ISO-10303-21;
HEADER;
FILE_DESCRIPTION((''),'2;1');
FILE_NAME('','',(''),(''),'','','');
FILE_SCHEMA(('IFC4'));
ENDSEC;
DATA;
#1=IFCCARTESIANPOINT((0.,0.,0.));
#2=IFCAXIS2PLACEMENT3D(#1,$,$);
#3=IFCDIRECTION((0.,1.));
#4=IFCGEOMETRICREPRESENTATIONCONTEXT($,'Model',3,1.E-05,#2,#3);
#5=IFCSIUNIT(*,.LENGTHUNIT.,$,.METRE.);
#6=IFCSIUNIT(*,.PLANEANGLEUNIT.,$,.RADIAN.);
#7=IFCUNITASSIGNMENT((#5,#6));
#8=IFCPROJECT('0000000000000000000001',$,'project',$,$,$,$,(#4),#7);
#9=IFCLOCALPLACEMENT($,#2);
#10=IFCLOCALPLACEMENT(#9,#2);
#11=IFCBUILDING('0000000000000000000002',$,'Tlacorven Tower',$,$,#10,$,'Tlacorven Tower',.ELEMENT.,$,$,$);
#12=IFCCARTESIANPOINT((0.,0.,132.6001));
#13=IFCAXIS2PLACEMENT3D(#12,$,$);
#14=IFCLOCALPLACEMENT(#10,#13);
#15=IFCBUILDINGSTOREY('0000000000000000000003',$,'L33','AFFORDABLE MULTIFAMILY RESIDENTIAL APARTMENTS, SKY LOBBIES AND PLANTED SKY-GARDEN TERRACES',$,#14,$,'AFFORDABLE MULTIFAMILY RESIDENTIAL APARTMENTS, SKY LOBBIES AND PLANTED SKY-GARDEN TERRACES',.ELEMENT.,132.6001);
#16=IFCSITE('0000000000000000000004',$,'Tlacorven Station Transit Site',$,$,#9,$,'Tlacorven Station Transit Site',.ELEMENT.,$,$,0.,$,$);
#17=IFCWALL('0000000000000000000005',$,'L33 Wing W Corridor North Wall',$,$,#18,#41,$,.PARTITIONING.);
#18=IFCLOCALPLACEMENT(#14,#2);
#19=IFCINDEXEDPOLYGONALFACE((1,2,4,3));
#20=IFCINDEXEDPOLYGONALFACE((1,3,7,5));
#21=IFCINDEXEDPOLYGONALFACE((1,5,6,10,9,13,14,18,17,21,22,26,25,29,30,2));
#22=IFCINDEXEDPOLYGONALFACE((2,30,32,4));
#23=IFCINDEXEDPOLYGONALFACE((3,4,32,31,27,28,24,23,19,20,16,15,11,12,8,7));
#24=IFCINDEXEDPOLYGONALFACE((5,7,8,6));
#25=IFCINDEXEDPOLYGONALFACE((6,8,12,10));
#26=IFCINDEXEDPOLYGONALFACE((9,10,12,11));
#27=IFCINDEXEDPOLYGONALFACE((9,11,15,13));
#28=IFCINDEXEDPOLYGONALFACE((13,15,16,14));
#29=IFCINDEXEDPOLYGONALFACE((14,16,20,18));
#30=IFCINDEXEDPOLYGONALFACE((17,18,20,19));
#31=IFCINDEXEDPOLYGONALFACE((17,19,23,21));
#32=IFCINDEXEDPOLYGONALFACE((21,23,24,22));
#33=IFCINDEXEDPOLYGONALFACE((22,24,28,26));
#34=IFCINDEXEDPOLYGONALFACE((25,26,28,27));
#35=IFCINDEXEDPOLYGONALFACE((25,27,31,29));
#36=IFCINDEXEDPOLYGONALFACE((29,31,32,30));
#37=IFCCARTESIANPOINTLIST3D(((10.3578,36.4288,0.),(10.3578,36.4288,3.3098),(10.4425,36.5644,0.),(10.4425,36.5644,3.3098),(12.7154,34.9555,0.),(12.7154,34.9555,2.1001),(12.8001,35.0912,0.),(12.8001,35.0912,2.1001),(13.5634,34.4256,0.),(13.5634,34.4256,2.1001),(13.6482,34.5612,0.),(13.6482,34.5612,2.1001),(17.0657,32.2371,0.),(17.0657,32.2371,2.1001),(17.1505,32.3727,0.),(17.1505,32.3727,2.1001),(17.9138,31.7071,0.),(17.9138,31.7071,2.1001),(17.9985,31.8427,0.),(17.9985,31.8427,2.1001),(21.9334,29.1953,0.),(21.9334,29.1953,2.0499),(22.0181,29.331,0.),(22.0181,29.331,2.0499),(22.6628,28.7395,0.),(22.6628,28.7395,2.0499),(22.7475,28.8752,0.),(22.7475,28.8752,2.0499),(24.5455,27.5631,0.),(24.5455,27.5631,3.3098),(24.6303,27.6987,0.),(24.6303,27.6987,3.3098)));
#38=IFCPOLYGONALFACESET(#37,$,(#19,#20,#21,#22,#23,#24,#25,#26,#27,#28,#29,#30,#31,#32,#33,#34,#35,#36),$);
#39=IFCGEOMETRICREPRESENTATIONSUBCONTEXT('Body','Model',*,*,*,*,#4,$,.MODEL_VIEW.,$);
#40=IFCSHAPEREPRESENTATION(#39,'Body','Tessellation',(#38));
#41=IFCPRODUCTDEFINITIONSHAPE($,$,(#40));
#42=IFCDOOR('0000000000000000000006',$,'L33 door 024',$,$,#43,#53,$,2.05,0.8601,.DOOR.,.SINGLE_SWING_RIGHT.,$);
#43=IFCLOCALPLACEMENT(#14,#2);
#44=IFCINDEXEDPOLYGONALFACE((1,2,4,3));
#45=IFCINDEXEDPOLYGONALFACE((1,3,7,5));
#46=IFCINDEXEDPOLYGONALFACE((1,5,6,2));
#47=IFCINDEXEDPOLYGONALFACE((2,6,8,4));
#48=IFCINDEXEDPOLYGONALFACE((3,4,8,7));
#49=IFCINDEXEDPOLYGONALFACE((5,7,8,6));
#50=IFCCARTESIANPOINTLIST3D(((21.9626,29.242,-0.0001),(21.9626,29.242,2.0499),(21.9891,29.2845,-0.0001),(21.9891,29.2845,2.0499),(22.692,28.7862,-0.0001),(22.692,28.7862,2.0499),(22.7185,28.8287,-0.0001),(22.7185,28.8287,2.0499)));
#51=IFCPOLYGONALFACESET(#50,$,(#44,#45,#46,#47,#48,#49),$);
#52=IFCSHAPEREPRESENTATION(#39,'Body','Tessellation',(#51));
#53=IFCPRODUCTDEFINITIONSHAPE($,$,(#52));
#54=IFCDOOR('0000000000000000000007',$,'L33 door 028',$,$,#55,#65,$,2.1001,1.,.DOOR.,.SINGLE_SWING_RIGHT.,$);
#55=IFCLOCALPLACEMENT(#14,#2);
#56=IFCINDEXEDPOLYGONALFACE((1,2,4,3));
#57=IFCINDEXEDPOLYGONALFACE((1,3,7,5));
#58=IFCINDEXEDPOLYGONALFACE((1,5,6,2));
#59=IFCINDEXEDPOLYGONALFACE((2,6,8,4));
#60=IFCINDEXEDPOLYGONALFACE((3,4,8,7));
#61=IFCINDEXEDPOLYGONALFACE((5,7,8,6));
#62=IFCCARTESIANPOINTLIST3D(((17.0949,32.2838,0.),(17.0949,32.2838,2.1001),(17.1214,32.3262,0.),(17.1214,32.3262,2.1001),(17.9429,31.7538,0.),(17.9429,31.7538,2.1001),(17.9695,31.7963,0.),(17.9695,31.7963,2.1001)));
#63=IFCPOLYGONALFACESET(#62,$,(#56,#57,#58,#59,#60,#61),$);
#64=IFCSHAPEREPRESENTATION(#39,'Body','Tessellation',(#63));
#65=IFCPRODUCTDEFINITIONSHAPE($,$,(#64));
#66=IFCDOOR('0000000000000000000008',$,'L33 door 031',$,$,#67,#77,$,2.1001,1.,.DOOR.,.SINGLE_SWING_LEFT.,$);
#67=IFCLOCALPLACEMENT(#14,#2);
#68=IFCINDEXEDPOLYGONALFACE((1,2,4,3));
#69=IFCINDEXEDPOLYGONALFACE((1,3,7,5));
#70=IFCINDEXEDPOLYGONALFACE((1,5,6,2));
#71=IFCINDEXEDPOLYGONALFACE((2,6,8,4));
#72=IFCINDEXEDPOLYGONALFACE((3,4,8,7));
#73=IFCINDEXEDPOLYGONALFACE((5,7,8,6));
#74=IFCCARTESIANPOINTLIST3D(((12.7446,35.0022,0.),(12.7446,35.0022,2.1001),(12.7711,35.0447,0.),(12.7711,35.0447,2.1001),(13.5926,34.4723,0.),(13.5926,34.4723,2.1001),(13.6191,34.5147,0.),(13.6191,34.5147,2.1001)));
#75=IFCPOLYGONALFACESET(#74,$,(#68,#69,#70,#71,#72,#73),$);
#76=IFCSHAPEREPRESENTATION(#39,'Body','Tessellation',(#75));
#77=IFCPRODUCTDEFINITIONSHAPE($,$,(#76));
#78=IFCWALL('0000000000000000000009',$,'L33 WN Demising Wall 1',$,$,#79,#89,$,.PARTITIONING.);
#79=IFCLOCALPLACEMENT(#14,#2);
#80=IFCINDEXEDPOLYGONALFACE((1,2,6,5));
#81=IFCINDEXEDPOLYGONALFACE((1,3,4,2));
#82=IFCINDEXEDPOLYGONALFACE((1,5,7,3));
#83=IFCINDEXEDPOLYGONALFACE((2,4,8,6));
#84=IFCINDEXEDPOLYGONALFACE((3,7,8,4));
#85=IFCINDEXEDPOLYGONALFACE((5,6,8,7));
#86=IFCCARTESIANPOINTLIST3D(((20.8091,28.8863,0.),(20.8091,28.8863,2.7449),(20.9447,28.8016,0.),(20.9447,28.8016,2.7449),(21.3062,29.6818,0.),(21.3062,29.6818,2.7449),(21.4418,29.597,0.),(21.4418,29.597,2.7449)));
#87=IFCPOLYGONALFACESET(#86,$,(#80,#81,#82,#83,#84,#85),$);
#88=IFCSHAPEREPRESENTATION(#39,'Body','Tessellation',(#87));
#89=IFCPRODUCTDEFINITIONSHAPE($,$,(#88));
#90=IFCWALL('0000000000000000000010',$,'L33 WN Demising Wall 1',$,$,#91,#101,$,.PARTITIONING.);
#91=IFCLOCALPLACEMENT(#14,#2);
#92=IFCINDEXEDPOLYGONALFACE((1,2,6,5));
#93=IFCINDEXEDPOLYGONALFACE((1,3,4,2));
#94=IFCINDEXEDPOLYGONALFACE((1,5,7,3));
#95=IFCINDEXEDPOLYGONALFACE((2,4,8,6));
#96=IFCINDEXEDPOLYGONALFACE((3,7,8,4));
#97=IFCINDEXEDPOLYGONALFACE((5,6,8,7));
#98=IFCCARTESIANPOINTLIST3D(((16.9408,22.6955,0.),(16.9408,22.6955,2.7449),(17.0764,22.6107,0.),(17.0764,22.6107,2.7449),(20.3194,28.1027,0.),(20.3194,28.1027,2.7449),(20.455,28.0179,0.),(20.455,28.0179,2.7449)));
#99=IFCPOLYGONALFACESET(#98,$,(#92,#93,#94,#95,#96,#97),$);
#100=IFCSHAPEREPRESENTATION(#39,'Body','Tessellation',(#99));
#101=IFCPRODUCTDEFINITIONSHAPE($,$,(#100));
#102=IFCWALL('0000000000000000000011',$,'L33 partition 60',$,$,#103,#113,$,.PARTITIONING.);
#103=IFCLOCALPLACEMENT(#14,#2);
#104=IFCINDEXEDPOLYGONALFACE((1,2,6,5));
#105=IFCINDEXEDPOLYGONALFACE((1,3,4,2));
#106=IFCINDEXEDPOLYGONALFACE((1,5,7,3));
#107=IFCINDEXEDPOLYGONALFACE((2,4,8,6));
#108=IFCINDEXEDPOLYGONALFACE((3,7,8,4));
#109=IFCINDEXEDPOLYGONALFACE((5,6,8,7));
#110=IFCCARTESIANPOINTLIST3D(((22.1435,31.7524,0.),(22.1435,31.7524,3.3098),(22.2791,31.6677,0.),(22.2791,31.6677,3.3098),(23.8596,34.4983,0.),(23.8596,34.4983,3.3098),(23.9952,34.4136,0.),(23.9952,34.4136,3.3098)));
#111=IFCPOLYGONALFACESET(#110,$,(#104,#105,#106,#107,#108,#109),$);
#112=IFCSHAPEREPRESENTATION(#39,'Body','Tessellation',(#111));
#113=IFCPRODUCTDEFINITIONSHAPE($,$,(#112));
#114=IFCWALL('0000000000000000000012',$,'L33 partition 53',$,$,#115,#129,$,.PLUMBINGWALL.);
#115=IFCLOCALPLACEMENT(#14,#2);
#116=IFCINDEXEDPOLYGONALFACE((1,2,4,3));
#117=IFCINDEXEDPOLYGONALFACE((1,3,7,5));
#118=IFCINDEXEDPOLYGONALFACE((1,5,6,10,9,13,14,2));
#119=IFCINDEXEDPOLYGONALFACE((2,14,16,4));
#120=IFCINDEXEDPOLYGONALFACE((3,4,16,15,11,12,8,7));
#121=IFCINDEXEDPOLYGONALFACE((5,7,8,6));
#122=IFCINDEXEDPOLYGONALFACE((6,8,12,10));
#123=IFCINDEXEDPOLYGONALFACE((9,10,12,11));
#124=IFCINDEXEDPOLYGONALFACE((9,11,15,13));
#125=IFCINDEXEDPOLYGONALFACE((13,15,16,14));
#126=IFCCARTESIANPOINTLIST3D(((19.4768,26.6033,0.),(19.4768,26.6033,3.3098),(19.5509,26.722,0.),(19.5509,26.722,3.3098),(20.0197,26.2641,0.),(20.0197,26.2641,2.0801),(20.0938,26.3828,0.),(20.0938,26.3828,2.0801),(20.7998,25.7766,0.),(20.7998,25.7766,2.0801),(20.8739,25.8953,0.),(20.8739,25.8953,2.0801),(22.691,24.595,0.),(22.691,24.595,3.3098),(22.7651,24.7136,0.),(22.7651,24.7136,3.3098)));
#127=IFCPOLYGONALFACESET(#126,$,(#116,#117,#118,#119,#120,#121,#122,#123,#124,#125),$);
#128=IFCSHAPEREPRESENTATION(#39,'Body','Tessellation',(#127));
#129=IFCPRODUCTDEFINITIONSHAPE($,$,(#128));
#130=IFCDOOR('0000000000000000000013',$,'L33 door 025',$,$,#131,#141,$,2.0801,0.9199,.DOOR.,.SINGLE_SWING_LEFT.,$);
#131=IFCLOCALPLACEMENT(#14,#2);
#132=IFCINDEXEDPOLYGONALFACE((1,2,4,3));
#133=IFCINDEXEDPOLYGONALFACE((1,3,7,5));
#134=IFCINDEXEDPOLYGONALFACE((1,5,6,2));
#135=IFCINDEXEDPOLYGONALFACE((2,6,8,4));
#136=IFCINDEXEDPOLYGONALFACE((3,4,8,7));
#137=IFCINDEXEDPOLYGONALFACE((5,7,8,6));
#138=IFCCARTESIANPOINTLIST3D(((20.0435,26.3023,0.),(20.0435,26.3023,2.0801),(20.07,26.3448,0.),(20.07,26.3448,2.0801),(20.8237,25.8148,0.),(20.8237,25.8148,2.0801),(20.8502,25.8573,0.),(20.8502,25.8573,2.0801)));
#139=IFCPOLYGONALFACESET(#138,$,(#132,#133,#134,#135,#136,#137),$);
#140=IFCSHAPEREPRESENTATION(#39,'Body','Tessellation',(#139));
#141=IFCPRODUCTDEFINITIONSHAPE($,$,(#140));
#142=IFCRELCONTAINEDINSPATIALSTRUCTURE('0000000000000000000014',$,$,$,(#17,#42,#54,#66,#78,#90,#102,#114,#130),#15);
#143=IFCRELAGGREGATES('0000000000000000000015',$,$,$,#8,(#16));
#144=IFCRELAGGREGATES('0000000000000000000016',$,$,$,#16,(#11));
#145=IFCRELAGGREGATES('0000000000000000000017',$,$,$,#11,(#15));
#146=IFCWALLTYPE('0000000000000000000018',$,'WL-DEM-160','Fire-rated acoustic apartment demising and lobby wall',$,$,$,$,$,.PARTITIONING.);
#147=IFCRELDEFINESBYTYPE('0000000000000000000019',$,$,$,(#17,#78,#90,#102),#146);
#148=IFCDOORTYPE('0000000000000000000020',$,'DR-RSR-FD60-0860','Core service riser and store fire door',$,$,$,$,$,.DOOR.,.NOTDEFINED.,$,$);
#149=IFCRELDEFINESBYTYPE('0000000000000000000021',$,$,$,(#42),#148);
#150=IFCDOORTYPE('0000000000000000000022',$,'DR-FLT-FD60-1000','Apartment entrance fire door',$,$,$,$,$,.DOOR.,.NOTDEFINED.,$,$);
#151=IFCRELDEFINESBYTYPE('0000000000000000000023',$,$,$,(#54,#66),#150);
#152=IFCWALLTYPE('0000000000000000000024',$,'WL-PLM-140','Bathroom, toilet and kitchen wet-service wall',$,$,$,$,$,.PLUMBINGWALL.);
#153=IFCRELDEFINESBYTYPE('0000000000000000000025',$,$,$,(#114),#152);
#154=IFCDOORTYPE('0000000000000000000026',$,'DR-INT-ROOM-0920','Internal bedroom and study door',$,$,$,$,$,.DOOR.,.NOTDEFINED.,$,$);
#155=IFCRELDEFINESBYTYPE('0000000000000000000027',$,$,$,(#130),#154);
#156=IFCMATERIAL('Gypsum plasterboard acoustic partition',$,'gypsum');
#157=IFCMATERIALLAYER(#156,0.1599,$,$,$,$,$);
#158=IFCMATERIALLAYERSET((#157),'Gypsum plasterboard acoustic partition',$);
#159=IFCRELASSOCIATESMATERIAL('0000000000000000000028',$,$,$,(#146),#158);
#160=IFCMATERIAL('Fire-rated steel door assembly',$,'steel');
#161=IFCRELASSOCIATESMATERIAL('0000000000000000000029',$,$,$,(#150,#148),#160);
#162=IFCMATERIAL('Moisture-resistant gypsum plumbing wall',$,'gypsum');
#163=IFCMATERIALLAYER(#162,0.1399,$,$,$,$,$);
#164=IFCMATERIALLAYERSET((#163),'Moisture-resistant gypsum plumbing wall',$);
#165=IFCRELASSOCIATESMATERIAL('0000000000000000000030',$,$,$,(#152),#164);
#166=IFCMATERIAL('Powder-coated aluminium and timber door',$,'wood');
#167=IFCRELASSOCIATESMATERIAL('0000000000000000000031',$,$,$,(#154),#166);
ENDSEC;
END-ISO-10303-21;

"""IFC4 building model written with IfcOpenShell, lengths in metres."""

from ifc_helpers import new_model, si_unit, direction, frame, frame_2d, origin, place, context, subcontext, project, spatial, rectangle, extrude, source, transform, mapped, material, layer, layer_set, type_object, element, fill, save


model = new_model("IFC4")

# Units and contexts
model_context = context("Model", 3, precision=1e-05, world=origin(), true_north=direction((0.0, 1.0)))
body_context = subcontext(model_context, "Body", "Model", "MODEL_VIEW")
ifc_project = project(units=[si_unit("LENGTHUNIT", "METRE"), si_unit("PLANEANGLEUNIT", "RADIAN")], contexts=[model_context])

# Site, building, storey
site_placement = place(None, origin())
site = spatial("IfcSite", under=ifc_project, at=site_placement, Name="Tlacorven Station Transit Site", LongName="Tlacorven Station Transit Site", CompositionType="ELEMENT", RefElevation=0.0)
building_placement = place(site_placement, origin())
building = spatial("IfcBuilding", under=site, at=building_placement, Name="Tlacorven Tower", LongName="Tlacorven Tower", CompositionType="ELEMENT")
storey_placement = place(building_placement, frame((0.0, 0.0, 132.6001)))
storey = spatial("IfcBuildingStorey", under=building, at=storey_placement, Name="L33", Description="AFFORDABLE MULTIFAMILY RESIDENTIAL APARTMENTS, SKY LOBBIES AND PLANTED SKY-GARDEN TERRACES", LongName="AFFORDABLE MULTIFAMILY RESIDENTIAL APARTMENTS, SKY LOBBIES AND PLANTED SKY-GARDEN TERRACES", CompositionType="ELEMENT", Elevation=132.6001)

# Shared definitions
ifc_material_1 = material(Name="Gypsum plasterboard acoustic partition", Category="gypsum")
ifc_layer_1 = layer(ifc_material_1, 0.1599)
ifc_layer_set_1 = layer_set([ifc_layer_1], Name="Gypsum plasterboard acoustic partition")
wall_type_1 = type_object("IfcWallType", Name="WL-DEM-160", Description="Fire-rated acoustic apartment demising and lobby wall", PredefinedType="PARTITIONING", material=ifc_layer_set_1)

# Wall, openings, doors
ifc_material_2 = material(Name="Fire-rated steel door assembly", Category="steel")
door_type_1 = type_object("IfcDoorType", Name="DR-FLT-FD60-1000", Description="Apartment entrance fire door", OperationType="NOTDEFINED", PredefinedType="DOOR", material=ifc_material_2)
shared_shape_1 = source(origin(), body_context, "Body", "SweptSolid", [
    extrude(rectangle(XDim=1.0, YDim=2.1001, at=frame_2d((0.5, 1.05))), frame((0.0, 0.0249, 0.0), z_axis=(0.0, -1.0, 0.0), x_axis=(1.0, 0.0, 0.0)), (0.0, 0.0, 1.0), 0.05),
])
wall_1_placement = place(storey_placement, frame((24.5879, 27.6309, 0.0), z_axis=(0.0, 0.0, 1.0), x_axis=(-0.848042, 0.529929, 0.0)))
wall_1 = element("IfcWall", 1, at=wall_1_placement, inside=storey, type_object=wall_type_1, Name="L33 Wing W Corridor North Wall", PredefinedType="PARTITIONING", context=body_context, shape_type="SweptSolid", body=[
    extrude(rectangle(XDim=16.73, YDim=0.1599, at=frame_2d((8.365, 0.0))), origin(), (0.0, 0.0, 1.0), 3.3098),
])
opening_1_placement = place(wall_1_placement, frame((2.22, 0.0, 0.0)))
opening_1 = element("IfcOpeningElement", 2, at=opening_1_placement, cuts=wall_1, PredefinedType="OPENING", context=body_context, shape_type="SweptSolid", body=[
    extrude(rectangle(XDim=0.8601, YDim=2.05, at=frame_2d((0.4302, 1.0249))), frame((0.0, 0.0898, 0.0), z_axis=(0.0, -1.0, 0.0), x_axis=(1.0, 0.0, 0.0)), (0.0, 0.0, 1.0), 0.1799),
])
opening_2_placement = place(wall_1_placement, frame((7.8201, 0.0, 0.0)))
opening_2 = element("IfcOpeningElement", 3, at=opening_2_placement, cuts=wall_1, PredefinedType="OPENING", context=body_context, shape_type="SweptSolid", body=[
    extrude(rectangle(XDim=1.0, YDim=2.1001, at=frame_2d((0.5, 1.05))), frame((0.0, 0.0898, 0.0), z_axis=(0.0, -1.0, 0.0), x_axis=(1.0, 0.0, 0.0)), (0.0, 0.0, 1.0), 0.1799),
])
opening_3_placement = place(wall_1_placement, frame((12.95, 0.0, 0.0)))
opening_3 = element("IfcOpeningElement", 4, at=opening_3_placement, cuts=wall_1, PredefinedType="OPENING", context=body_context, shape_type="SweptSolid", body=[
    extrude(rectangle(XDim=1.0, YDim=2.1001, at=frame_2d((0.5, 1.05))), frame((0.0, 0.0898, 0.0), z_axis=(0.0, -1.0, 0.0), x_axis=(1.0, 0.0, 0.0)), (0.0, 0.0, 1.0), 0.1799),
])
door_type_2 = type_object("IfcDoorType", Name="DR-RSR-FD60-0860", Description="Core service riser and store fire door", OperationType="NOTDEFINED", PredefinedType="DOOR", material=ifc_material_2)
shared_shape_2 = source(origin(), body_context, "Body", "SweptSolid", [
    extrude(rectangle(XDim=0.8601, YDim=2.05, at=frame_2d((0.4302, 1.0249))), frame((0.0, 0.0249, 0.0), z_axis=(0.0, -1.0, 0.0), x_axis=(1.0, 0.0, 0.0)), (0.0, 0.0, 1.0), 0.05),
])
door_1_placement = place(opening_1_placement, origin())
door_1 = element("IfcDoor", 5, at=door_1_placement, inside=storey, type_object=door_type_2, Name="L33 door 024", OperationType="SINGLE_SWING_RIGHT", OverallHeight=2.05, OverallWidth=0.8601, PredefinedType="DOOR", context=body_context, shape_type="MappedRepresentation", body=[
    mapped(shared_shape_2, transform((0.0, 0.0, 0.0), scale=1.0)),
])
fill(opening_1, door_1)
door_2_placement = place(opening_2_placement, origin())
door_2 = element("IfcDoor", 6, at=door_2_placement, inside=storey, type_object=door_type_1, Name="L33 door 028", OperationType="SINGLE_SWING_RIGHT", OverallHeight=2.1001, OverallWidth=1.0, PredefinedType="DOOR", context=body_context, shape_type="MappedRepresentation", body=[
    mapped(shared_shape_1, transform((0.0, 0.0, 0.0), scale=1.0)),
])
fill(opening_2, door_2)
door_3_placement = place(opening_3_placement, origin())
door_3 = element("IfcDoor", 7, at=door_3_placement, inside=storey, type_object=door_type_1, Name="L33 door 031", OperationType="SINGLE_SWING_LEFT", OverallHeight=2.1001, OverallWidth=1.0, PredefinedType="DOOR", context=body_context, shape_type="MappedRepresentation", body=[
    mapped(shared_shape_1, transform((0.0, 0.0, 0.0), scale=1.0)),
])
fill(opening_3, door_3)

# Walls
wall_2_placement = place(storey_placement, frame((21.374, 29.6394, 0.0), z_axis=(0.0, 0.0, 1.0), x_axis=(-0.529952, -0.848028, 0.0)))
element("IfcWall", 8, at=wall_2_placement, inside=storey, type_object=wall_type_1, Name="L33 WN Demising Wall 1", PredefinedType="PARTITIONING", context=body_context, shape_type="SweptSolid", body=[
    extrude(rectangle(XDim=0.938, YDim=0.1599, at=frame_2d((0.469, 0.0))), origin(), (0.0, 0.0, 1.0), 2.7449),
])
wall_3_placement = place(storey_placement, frame((20.3872, 28.0603, 0.0), z_axis=(0.0, 0.0, 1.0), x_axis=(-0.529903, -0.848059, 0.0)))
element("IfcWall", 9, at=wall_3_placement, inside=storey, type_object=wall_type_1, Name="L33 WN Demising Wall 1", PredefinedType="PARTITIONING", context=body_context, shape_type="SweptSolid", body=[
    extrude(rectangle(XDim=6.376, YDim=0.1599, at=frame_2d((3.188, 0.0))), origin(), (0.0, 0.0, 1.0), 2.7449),
])
wall_4_placement = place(storey_placement, frame((23.9275, 34.4561, 0.0), z_axis=(0.0, 0.0, 1.0), x_axis=(-0.529979, -0.848011, 0.0)))
element("IfcWall", 10, at=wall_4_placement, inside=storey, type_object=wall_type_1, Name="L33 partition 60", PredefinedType="PARTITIONING", context=body_context, shape_type="SweptSolid", body=[
    extrude(rectangle(XDim=3.238, YDim=0.1599, at=frame_2d((1.6191, 0.0))), origin(), (0.0, 0.0, 1.0), 3.3098),
])

# Wall, opening, door
ifc_material_3 = material(Name="Moisture-resistant gypsum plumbing wall", Category="gypsum")
ifc_layer_2 = layer(ifc_material_3, 0.1399)
ifc_layer_set_2 = layer_set([ifc_layer_2], Name="Moisture-resistant gypsum plumbing wall")
wall_type_2 = type_object("IfcWallType", Name="WL-PLM-140", Description="Bathroom, toilet and kitchen wet-service wall", PredefinedType="PLUMBINGWALL", material=ifc_layer_set_2)
wall_5_placement = place(storey_placement, frame((22.728, 24.6543, 0.0), z_axis=(0.0, 0.0, 1.0), x_axis=(-0.84806, 0.529901, 0.0)))
wall_5 = element("IfcWall", 11, at=wall_5_placement, inside=storey, type_object=wall_type_2, Name="L33 partition 53", PredefinedType="PLUMBINGWALL", context=body_context, shape_type="SweptSolid", body=[
    extrude(rectangle(XDim=3.79, YDim=0.1399, at=frame_2d((1.895, 0.0))), origin(), (0.0, 0.0, 1.0), 3.3098),
])
opening_4_placement = place(wall_5_placement, frame((2.23, 0.0, 0.0)))
opening_4 = element("IfcOpeningElement", 12, at=opening_4_placement, cuts=wall_5, PredefinedType="OPENING", context=body_context, shape_type="SweptSolid", body=[
    extrude(rectangle(XDim=0.9199, YDim=2.0801, at=frame_2d((0.46, 1.04))), frame((0.0, 0.0801, 0.0), z_axis=(0.0, -1.0, 0.0), x_axis=(1.0, 0.0, 0.0)), (0.0, 0.0, 1.0), 0.1599),
])
ifc_material_4 = material(Name="Powder-coated aluminium and timber door", Category="wood")
door_type_3 = type_object("IfcDoorType", Name="DR-INT-ROOM-0920", Description="Internal bedroom and study door", OperationType="NOTDEFINED", PredefinedType="DOOR", material=ifc_material_4)
shared_shape_3 = source(origin(), body_context, "Body", "SweptSolid", [
    extrude(rectangle(XDim=0.9199, YDim=2.0801, at=frame_2d((0.46, 1.04))), frame((0.0, 0.0249, 0.0), z_axis=(0.0, -1.0, 0.0), x_axis=(1.0, 0.0, 0.0)), (0.0, 0.0, 1.0), 0.05),
])
door_4_placement = place(opening_4_placement, origin())
door_4 = element("IfcDoor", 13, at=door_4_placement, inside=storey, type_object=door_type_3, Name="L33 door 025", OperationType="SINGLE_SWING_LEFT", OverallHeight=2.0801, OverallWidth=0.9199, PredefinedType="DOOR", context=body_context, shape_type="MappedRepresentation", body=[
    mapped(shared_shape_3, transform((0.0, 0.0, 0.0), scale=1.0)),
])
fill(opening_4, door_4)

save(model, "model.ifc")
